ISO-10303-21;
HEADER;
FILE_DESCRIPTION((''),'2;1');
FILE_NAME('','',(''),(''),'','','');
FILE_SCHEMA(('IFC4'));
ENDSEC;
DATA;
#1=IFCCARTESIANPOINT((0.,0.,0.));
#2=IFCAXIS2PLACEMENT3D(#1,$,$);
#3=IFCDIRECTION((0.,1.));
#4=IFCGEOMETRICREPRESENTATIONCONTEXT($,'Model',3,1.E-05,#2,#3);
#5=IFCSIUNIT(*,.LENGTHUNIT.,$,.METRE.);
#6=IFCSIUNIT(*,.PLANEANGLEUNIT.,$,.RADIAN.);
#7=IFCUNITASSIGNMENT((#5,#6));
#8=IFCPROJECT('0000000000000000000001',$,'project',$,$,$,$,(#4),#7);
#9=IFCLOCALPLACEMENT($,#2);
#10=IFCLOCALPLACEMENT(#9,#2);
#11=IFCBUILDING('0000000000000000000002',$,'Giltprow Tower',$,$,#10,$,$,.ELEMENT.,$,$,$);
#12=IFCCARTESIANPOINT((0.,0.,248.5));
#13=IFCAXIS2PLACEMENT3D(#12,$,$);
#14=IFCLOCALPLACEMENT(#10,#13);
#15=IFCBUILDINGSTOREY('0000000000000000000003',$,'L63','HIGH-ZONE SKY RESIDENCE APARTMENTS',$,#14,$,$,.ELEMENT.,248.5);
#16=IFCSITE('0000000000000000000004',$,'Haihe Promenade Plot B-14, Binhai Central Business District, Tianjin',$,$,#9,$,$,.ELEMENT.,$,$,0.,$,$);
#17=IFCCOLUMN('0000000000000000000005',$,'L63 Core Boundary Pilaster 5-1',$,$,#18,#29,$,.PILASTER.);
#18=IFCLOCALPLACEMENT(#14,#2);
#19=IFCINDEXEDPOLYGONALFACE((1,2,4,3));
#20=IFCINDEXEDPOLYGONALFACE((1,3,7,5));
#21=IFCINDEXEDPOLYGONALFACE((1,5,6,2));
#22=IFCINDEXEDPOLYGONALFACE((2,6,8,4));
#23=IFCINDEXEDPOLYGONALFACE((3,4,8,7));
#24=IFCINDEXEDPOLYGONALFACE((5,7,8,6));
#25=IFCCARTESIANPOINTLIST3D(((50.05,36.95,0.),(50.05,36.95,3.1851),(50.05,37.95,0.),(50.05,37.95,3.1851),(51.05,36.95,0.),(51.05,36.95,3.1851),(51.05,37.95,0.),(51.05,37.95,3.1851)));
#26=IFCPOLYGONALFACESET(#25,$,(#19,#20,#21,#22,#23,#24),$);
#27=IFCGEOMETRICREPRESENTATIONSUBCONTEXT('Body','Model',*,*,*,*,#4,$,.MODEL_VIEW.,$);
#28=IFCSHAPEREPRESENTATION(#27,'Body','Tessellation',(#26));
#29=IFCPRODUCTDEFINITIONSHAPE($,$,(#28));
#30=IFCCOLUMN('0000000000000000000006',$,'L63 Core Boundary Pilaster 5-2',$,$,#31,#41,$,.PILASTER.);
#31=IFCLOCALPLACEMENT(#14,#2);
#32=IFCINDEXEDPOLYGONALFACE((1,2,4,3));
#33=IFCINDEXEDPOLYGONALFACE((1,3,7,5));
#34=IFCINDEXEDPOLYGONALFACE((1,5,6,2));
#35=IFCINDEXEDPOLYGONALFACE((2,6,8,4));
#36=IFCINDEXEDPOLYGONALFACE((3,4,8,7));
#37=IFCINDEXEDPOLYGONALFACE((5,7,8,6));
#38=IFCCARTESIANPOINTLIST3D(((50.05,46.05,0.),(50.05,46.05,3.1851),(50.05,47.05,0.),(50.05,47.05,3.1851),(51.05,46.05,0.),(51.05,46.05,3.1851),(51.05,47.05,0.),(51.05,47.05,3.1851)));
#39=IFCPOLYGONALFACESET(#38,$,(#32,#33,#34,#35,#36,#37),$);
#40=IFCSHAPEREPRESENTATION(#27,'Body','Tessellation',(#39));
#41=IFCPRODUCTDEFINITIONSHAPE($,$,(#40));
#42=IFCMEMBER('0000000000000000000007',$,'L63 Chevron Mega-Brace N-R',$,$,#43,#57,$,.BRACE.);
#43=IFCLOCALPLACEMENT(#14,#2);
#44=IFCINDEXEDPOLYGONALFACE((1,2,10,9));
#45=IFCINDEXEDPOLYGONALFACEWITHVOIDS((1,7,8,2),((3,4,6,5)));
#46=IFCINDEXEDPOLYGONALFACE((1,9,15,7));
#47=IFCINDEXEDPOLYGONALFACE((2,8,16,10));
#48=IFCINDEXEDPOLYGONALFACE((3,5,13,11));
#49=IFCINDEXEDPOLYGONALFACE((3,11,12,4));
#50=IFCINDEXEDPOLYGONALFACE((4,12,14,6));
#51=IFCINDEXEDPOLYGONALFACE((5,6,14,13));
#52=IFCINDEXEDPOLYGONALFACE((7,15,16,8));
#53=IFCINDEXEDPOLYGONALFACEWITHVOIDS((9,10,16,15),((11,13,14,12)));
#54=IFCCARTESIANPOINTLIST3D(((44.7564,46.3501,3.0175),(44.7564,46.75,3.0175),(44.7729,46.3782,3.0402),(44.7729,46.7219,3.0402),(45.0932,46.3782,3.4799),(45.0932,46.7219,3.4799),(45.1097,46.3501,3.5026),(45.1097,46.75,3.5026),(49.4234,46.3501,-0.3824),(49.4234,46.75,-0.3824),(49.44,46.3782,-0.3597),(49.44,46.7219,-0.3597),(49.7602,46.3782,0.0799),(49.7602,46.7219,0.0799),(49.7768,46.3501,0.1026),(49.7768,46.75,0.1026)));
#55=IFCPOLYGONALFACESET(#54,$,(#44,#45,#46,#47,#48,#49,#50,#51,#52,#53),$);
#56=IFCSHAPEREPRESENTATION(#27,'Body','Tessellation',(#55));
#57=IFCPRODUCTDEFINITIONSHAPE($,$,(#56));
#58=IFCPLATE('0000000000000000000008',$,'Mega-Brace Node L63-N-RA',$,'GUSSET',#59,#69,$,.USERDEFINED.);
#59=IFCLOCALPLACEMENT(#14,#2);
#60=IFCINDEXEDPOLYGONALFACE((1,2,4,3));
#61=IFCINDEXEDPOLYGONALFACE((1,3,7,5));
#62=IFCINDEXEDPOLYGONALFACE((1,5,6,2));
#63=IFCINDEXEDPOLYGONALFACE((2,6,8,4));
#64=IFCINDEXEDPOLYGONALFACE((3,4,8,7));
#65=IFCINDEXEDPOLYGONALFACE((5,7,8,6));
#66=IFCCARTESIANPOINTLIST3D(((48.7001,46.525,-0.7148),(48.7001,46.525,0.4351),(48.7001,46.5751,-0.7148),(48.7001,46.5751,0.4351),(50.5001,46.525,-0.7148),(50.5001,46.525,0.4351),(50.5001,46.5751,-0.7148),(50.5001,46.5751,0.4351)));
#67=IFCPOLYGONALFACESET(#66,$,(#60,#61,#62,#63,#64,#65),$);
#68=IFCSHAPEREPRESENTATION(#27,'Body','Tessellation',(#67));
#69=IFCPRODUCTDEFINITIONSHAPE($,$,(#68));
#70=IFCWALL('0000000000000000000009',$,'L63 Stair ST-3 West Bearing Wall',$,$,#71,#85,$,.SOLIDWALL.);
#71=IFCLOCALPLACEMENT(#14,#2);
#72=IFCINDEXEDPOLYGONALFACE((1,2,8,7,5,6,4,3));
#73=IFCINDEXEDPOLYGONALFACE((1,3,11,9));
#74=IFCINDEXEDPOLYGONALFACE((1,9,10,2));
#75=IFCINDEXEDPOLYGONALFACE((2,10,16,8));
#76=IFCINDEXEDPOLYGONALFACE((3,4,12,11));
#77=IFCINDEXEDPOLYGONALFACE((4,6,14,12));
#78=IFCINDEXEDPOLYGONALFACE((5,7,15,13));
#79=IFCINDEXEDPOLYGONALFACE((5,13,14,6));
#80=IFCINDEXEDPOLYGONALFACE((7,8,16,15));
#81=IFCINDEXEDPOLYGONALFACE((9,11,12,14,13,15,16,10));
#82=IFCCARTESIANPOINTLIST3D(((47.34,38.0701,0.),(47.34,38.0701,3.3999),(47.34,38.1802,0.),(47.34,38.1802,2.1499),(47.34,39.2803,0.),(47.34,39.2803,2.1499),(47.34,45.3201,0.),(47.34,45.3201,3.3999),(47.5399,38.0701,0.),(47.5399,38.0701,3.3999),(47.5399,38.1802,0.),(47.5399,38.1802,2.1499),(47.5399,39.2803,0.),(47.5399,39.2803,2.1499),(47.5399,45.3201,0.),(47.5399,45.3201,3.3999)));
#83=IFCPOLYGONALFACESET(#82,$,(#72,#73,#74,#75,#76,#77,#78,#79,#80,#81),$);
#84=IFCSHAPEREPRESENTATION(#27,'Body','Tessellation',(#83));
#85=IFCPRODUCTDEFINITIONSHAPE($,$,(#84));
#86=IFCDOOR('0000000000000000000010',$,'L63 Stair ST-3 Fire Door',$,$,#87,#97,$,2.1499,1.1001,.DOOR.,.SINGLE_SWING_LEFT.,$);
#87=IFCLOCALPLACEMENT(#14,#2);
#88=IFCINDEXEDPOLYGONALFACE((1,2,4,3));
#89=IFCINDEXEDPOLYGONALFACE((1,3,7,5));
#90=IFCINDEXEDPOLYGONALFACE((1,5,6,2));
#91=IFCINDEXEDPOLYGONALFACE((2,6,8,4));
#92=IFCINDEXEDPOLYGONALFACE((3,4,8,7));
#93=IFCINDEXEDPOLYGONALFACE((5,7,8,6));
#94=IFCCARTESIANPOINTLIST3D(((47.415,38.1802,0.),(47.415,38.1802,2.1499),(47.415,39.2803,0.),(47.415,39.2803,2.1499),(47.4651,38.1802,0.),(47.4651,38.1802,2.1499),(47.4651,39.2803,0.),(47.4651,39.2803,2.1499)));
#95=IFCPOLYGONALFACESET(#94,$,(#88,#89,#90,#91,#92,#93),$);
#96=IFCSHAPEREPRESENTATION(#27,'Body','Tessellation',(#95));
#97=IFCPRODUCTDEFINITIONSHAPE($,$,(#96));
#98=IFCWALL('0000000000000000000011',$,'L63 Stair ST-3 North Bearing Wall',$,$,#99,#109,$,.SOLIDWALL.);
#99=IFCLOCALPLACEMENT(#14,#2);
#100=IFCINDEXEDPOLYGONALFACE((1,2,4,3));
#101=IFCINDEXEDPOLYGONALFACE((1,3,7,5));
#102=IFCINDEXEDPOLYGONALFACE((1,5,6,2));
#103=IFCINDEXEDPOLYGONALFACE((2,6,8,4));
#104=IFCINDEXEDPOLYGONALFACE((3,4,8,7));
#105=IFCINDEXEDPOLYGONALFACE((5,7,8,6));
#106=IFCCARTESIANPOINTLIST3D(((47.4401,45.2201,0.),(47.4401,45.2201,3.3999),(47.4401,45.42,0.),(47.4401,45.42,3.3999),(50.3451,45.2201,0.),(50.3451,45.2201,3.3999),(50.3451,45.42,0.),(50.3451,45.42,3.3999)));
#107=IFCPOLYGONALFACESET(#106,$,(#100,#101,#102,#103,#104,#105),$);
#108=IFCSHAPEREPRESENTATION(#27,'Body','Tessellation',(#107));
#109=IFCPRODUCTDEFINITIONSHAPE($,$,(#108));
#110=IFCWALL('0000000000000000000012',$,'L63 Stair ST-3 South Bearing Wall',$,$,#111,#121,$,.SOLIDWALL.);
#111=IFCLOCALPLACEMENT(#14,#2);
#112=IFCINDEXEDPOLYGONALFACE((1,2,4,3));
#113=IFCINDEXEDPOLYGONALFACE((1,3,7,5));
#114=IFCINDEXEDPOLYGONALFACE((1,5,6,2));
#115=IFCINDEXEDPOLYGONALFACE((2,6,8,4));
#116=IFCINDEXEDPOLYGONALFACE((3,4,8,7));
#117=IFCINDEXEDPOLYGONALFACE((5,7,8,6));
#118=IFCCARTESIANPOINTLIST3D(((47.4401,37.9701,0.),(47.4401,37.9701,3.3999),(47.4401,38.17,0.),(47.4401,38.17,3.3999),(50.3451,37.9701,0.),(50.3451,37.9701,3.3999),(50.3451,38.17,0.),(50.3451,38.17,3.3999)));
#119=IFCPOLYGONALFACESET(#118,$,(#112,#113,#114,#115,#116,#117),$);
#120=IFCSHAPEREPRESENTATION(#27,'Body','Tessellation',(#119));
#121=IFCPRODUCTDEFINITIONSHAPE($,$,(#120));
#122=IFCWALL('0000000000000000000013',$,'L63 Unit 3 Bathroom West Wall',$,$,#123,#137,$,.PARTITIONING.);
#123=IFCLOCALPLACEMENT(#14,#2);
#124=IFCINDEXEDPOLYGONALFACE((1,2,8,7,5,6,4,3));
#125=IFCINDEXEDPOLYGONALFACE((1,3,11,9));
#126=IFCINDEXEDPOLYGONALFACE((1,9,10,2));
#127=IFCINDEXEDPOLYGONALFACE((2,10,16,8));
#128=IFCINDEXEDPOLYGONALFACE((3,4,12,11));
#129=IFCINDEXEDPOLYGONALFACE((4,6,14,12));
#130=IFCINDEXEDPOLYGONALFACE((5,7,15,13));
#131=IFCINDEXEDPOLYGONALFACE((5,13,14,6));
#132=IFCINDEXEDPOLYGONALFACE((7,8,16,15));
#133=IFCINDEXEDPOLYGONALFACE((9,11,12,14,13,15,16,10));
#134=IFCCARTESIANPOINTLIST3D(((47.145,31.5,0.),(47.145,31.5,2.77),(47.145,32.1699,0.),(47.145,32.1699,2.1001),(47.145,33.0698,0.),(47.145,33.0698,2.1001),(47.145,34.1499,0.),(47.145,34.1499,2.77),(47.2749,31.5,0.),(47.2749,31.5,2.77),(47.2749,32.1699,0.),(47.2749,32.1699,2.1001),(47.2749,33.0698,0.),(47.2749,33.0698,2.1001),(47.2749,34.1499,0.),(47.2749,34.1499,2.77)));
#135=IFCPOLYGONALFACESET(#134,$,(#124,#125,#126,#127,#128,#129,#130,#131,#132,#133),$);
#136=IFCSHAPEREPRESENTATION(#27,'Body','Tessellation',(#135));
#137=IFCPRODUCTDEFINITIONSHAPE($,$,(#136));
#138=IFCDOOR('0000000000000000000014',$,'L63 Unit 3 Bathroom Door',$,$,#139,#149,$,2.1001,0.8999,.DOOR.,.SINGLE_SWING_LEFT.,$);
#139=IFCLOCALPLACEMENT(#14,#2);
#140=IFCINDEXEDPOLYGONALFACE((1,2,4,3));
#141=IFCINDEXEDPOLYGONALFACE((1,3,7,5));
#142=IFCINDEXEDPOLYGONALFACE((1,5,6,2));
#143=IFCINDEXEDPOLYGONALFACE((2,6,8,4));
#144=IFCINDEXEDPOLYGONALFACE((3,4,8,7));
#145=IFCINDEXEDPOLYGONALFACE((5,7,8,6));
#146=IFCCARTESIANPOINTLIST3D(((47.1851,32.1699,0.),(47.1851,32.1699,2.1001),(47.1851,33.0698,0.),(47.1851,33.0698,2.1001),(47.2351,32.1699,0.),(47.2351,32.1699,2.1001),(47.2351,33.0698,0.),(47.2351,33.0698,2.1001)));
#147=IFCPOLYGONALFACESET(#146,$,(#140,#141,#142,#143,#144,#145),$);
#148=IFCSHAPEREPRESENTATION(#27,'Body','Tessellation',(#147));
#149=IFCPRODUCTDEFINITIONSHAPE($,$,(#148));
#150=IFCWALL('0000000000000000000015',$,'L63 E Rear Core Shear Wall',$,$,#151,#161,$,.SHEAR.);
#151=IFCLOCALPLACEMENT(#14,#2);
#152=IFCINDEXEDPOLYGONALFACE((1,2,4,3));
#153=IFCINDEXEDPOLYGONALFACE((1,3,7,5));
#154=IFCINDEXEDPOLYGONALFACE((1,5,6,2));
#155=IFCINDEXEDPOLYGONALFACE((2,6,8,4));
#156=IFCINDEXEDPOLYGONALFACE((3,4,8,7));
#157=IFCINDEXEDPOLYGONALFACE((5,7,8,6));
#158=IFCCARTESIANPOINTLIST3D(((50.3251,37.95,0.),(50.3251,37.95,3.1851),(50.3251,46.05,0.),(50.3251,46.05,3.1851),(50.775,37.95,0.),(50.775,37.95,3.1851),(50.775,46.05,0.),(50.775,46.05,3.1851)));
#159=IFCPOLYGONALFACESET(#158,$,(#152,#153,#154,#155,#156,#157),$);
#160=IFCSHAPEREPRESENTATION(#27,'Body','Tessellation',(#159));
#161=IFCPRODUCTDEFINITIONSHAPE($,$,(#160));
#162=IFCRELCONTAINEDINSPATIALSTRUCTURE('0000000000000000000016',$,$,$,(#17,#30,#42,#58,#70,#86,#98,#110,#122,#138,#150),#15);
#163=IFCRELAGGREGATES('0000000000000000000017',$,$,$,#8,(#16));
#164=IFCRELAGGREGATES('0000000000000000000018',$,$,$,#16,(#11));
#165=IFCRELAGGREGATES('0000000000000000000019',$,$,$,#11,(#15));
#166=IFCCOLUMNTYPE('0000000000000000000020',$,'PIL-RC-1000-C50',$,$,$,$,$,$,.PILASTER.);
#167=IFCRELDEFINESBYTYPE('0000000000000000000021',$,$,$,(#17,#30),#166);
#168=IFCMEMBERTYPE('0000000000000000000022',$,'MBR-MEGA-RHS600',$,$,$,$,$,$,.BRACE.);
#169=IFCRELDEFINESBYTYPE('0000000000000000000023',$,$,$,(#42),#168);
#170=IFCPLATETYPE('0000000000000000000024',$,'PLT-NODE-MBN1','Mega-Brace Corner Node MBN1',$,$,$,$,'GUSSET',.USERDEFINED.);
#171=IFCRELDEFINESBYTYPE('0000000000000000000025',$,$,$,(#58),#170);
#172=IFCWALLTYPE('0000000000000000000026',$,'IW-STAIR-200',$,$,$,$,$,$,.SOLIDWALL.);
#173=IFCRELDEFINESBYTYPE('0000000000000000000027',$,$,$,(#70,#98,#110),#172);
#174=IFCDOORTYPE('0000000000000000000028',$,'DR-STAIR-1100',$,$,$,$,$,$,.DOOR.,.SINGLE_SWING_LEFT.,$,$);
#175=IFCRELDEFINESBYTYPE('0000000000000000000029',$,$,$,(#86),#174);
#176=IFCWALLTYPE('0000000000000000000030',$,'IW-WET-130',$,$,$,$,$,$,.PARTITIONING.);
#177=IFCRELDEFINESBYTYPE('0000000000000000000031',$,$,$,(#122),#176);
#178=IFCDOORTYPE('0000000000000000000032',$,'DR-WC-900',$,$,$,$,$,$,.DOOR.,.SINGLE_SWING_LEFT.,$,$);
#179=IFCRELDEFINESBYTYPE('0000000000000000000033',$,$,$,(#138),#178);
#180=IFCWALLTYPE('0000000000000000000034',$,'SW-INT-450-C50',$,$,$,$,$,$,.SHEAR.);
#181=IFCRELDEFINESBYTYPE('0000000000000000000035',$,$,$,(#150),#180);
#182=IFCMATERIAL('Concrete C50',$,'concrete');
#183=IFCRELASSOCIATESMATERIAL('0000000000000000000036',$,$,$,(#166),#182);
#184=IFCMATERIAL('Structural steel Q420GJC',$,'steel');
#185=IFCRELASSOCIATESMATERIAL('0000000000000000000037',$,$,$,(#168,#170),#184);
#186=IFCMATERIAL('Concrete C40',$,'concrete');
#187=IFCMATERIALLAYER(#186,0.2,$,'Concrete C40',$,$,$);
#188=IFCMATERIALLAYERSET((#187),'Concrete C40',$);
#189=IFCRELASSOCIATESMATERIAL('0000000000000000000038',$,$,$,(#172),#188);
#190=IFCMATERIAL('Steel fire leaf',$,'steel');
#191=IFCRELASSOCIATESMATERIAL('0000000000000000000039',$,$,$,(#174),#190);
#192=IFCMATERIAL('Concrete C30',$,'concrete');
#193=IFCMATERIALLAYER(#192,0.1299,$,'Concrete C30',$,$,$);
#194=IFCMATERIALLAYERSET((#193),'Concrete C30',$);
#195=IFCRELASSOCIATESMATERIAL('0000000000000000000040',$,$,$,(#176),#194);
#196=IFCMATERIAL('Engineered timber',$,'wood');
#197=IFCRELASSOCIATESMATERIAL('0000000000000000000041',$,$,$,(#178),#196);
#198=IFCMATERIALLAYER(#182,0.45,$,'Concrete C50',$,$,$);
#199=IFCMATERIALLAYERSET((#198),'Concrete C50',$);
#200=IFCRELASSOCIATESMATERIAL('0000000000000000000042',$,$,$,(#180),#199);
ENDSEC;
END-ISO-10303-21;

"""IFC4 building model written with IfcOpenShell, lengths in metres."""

from ifc_helpers import new_model, si_unit, direction, frame, frame_2d, origin, origin_2d, place, context, subcontext, project, spatial, rectangle, hollow_rectangle, extrude, source, transform, mapped, material, layer, layer_set, material_profile, profile_set, type_object, element, fill, save


model = new_model("IFC4")

# Units and contexts
model_context = context("Model", 3, precision=1e-05, world=origin(), true_north=direction((0.0, 1.0)))
body_context = subcontext(model_context, "Body", "Model", "MODEL_VIEW")
ifc_project = project(units=[si_unit("LENGTHUNIT", "METRE"), si_unit("PLANEANGLEUNIT", "RADIAN")], contexts=[model_context])

# Site, building, storey
site_placement = place(None, origin())
site = spatial("IfcSite", under=ifc_project, at=site_placement, Name="Haihe Promenade Plot B-14, Binhai Central Business District, Tianjin", CompositionType="ELEMENT", RefElevation=0.0)
building_placement = place(site_placement, origin())
building = spatial("IfcBuilding", under=site, at=building_placement, Name="Giltprow Tower", CompositionType="ELEMENT")
storey_placement = place(building_placement, frame((0.0, 0.0, 248.5)))
storey = spatial("IfcBuildingStorey", under=building, at=storey_placement, Name="L63", Description="HIGH-ZONE SKY RESIDENCE APARTMENTS", CompositionType="ELEMENT", Elevation=248.5)

# Columns
ifc_material_1 = material(Name="Concrete C50", Category="concrete")
ifc_material_profile_1 = material_profile(ifc_material_1, rectangle(XDim=1.0, YDim=1.0, at=origin_2d()), Name="RC 1000x1000")
ifc_profile_set_1 = profile_set([ifc_material_profile_1], Name="Concrete C50")
column_type = type_object("IfcColumnType", Name="PIL-RC-1000-C50", PredefinedType="PILASTER", material=ifc_profile_set_1)
shared_shape_1 = source(origin(), body_context, "Body", "SweptSolid", [
    extrude(rectangle(XDim=1.0, YDim=1.0, at=origin_2d()), origin(), (0.0, 0.0, 1.0), 3.1851),
])
for number, where, z_axis, x_axis, name in (
    (1, (50.55, 37.45, 0.0), (0.0, 0.0, 1.0), (1.0, 0.0, 0.0), "L63 Core Boundary Pilaster 5-1"),
    (2, (50.55, 46.55, 0.0), (0.0, 0.0, 1.0), (1.0, 0.0, 0.0), "L63 Core Boundary Pilaster 5-2"),
):
    element("IfcColumn", number, at=place(storey_placement, frame(where, z_axis=z_axis, x_axis=x_axis)), inside=storey, type_object=column_type, Name=name, PredefinedType="PILASTER", context=body_context, shape_type="MappedRepresentation", body=[
        mapped(shared_shape_1, transform((0.0, 0.0, 0.0), x_axis=(1.0, 0.0, 0.0), y_axis=(0.0, 1.0, 0.0), z_axis=(0.0, 0.0, 1.0), scale=1.0)),
    ])

# Member
ifc_material_2 = material(Name="Structural steel Q420GJC", Category="steel")
ifc_material_profile_2 = material_profile(ifc_material_2, hollow_rectangle(XDim=0.3999, YDim=0.6001, WallThickness=0.0281, at=origin_2d()), Name="RHS 600x400x28")
ifc_profile_set_2 = profile_set([ifc_material_profile_2], Name="Structural steel Q420GJC")
member_type = type_object("IfcMemberType", Name="MBR-MEGA-RHS600", PredefinedType="BRACE", material=ifc_profile_set_2)
shared_shape_2 = source(origin(), body_context, "Body", "SweptSolid", [
    extrude(hollow_rectangle(XDim=0.3999, YDim=0.6001, WallThickness=0.0281, at=origin_2d()), origin(), (0.0, 0.0, 1.0), 5.7742),
])
member_placement = place(storey_placement, frame((49.6001, 46.55, -0.1399), z_axis=(-0.808264, 0.0, 0.58882), x_axis=(0.0, -1.0, 0.0)))
element("IfcMember", 3, at=member_placement, inside=storey, type_object=member_type, Name="L63 Chevron Mega-Brace N-R", PredefinedType="BRACE", context=body_context, shape_type="MappedRepresentation", body=[
    mapped(shared_shape_2, transform((0.0, 0.0, 0.0), x_axis=(1.0, 0.0, 0.0), y_axis=(0.0, 1.0, 0.0), z_axis=(0.0, 0.0, 1.0), scale=1.0)),
])

# Plate
plate_type = type_object("IfcPlateType", Name="PLT-NODE-MBN1", Description="Mega-Brace Corner Node MBN1", ElementType="GUSSET", PredefinedType="USERDEFINED", material=ifc_material_2)
shared_shape_3 = source(origin(), body_context, "Body", "SweptSolid", [
    extrude(rectangle(XDim=1.8, YDim=0.05, at=origin_2d()), origin(), (0.0, 0.0, 1.0), 1.1499),
])
plate_placement = place(storey_placement, frame((49.6001, 46.55, -0.7148), z_axis=(0.0, 0.0, 1.0), x_axis=(1.0, 0.0, 0.0)))
element("IfcPlate", 4, at=plate_placement, inside=storey, type_object=plate_type, Name="Mega-Brace Node L63-N-RA", ObjectType="GUSSET", PredefinedType="USERDEFINED", context=body_context, shape_type="MappedRepresentation", body=[
    mapped(shared_shape_3, transform((0.0, 0.0, 0.0), x_axis=(1.0, 0.0, 0.0), y_axis=(0.0, 1.0, 0.0), z_axis=(0.0, 0.0, 1.0), scale=1.0)),
])

# Wall, opening, door
ifc_material_3 = material(Name="Concrete C40", Category="concrete")
ifc_layer_1 = layer(ifc_material_3, 0.2, Name="Concrete C40")
ifc_layer_set_1 = layer_set([ifc_layer_1], Name="Concrete C40")
wall_type_1 = type_object("IfcWallType", Name="IW-STAIR-200", PredefinedType="SOLIDWALL", material=ifc_layer_set_1)
wall_1_placement = place(storey_placement, frame((47.4399, 38.0701, 0.0), z_axis=(0.0, 0.0, 1.0), x_axis=(0.0, 1.0, 0.0)))
wall_1 = element("IfcWall", 5, at=wall_1_placement, inside=storey, type_object=wall_type_1, Name="L63 Stair ST-3 West Bearing Wall", PredefinedType="SOLIDWALL", context=body_context, shape_type="SweptSolid", body=[
    extrude(rectangle(XDim=7.25, YDim=0.2, at=frame_2d((3.625, 0.0))), origin(), (0.0, 0.0, 1.0), 3.3999),
])
opening_1_placement = place(wall_1_placement, frame((0.1101, 0.0, 0.0)))
opening_1 = element("IfcOpeningElement", 6, at=opening_1_placement, cuts=wall_1, PredefinedType="OPENING", context=body_context, shape_type="SweptSolid", body=[
    extrude(rectangle(XDim=1.1001, YDim=2.1499, at=frame_2d((0.55, 1.075))), frame((0.0, 0.1099, 0.0), z_axis=(0.0, -1.0, 0.0), x_axis=(1.0, 0.0, 0.0)), (0.0, 0.0, 1.0), 0.22),
])
ifc_material_4 = material(Name="Steel fire leaf", Category="steel")
door_type_1 = type_object("IfcDoorType", Name="DR-STAIR-1100", OperationType="SINGLE_SWING_LEFT", PredefinedType="DOOR", material=ifc_material_4)
shared_shape_4 = source(origin(), body_context, "Body", "SweptSolid", [
    extrude(rectangle(XDim=1.1001, YDim=2.1499, at=frame_2d((0.55, 1.075))), frame((0.0, 0.0249, 0.0), z_axis=(0.0, -1.0, 0.0), x_axis=(1.0, 0.0, 0.0)), (0.0, 0.0, 1.0), 0.05),
])
door_1_placement = place(opening_1_placement, origin())
door_1 = element("IfcDoor", 7, at=door_1_placement, inside=storey, type_object=door_type_1, Name="L63 Stair ST-3 Fire Door", OperationType="SINGLE_SWING_LEFT", OverallHeight=2.1499, OverallWidth=1.1001, PredefinedType="DOOR", context=body_context, shape_type="MappedRepresentation", body=[
    mapped(shared_shape_4, transform((0.0, 0.0, 0.0), x_axis=(1.0, 0.0, 0.0), y_axis=(0.0, 1.0, 0.0), z_axis=(0.0, 0.0, 1.0), scale=1.0)),
])
fill(opening_1, door_1)

# Walls
for number, where, z_axis, x_axis, name in (
    (8, (47.4399, 45.3201, 0.0), (0.0, 0.0, 1.0), (1.0, 0.0, 0.0), "L63 Stair ST-3 North Bearing Wall"),
    (9, (47.4399, 38.0701, 0.0), (0.0, 0.0, 1.0), (1.0, 0.0, 0.0), "L63 Stair ST-3 South Bearing Wall"),
):
    element("IfcWall", number, at=place(storey_placement, frame(where, z_axis=z_axis, x_axis=x_axis)), inside=storey, type_object=wall_type_1, Name=name, PredefinedType="SOLIDWALL", context=body_context, shape_type="SweptSolid", body=[
        extrude(rectangle(XDim=2.905, YDim=0.2, at=frame_2d((1.4526, 0.0))), origin(), (0.0, 0.0, 1.0), 3.3999),
    ])

# Wall, opening, door
ifc_material_5 = material(Name="Concrete C30", Category="concrete")
ifc_layer_2 = layer(ifc_material_5, 0.1299, Name="Concrete C30")
ifc_layer_set_2 = layer_set([ifc_layer_2], Name="Concrete C30")
wall_type_2 = type_object("IfcWallType", Name="IW-WET-130", PredefinedType="PARTITIONING", material=ifc_layer_set_2)
wall_2_placement = place(storey_placement, frame((47.21, 31.5, 0.0), z_axis=(0.0, 0.0, 1.0), x_axis=(0.0, 1.0, 0.0)))
wall_2 = element("IfcWall", 10, at=wall_2_placement, inside=storey, type_object=wall_type_2, Name="L63 Unit 3 Bathroom West Wall", PredefinedType="PARTITIONING", context=body_context, shape_type="SweptSolid", body=[
    extrude(rectangle(XDim=2.6499, YDim=0.1299, at=frame_2d((1.325, 0.0))), origin(), (0.0, 0.0, 1.0), 2.77),
])
opening_2_placement = place(wall_2_placement, frame((0.6699, 0.0, 0.0)))
opening_2 = element("IfcOpeningElement", 11, at=opening_2_placement, cuts=wall_2, PredefinedType="OPENING", context=body_context, shape_type="SweptSolid", body=[
    extrude(rectangle(XDim=0.8999, YDim=2.1001, at=frame_2d((0.45, 1.05))), frame((0.0, 0.075, 0.0), z_axis=(0.0, -1.0, 0.0), x_axis=(1.0, 0.0, 0.0)), (0.0, 0.0, 1.0), 0.1499),
])
ifc_material_6 = material(Name="Engineered timber", Category="wood")
door_type_2 = type_object("IfcDoorType", Name="DR-WC-900", OperationType="SINGLE_SWING_LEFT", PredefinedType="DOOR", material=ifc_material_6)
shared_shape_5 = source(origin(), body_context, "Body", "SweptSolid", [
    extrude(rectangle(XDim=0.8999, YDim=2.1001, at=frame_2d((0.45, 1.05))), frame((0.0, 0.0249, 0.0), z_axis=(0.0, -1.0, 0.0), x_axis=(1.0, 0.0, 0.0)), (0.0, 0.0, 1.0), 0.05),
])
door_2_placement = place(opening_2_placement, origin())
door_2 = element("IfcDoor", 12, at=door_2_placement, inside=storey, type_object=door_type_2, Name="L63 Unit 3 Bathroom Door", OperationType="SINGLE_SWING_LEFT", OverallHeight=2.1001, OverallWidth=0.8999, PredefinedType="DOOR", context=body_context, shape_type="MappedRepresentation", body=[
    mapped(shared_shape_5, transform((0.0, 0.0, 0.0), x_axis=(1.0, 0.0, 0.0), y_axis=(0.0, 1.0, 0.0), z_axis=(0.0, 0.0, 1.0), scale=1.0)),
])
fill(opening_2, door_2)

# Wall
ifc_layer_3 = layer(ifc_material_1, 0.45, Name="Concrete C50")
ifc_layer_set_3 = layer_set([ifc_layer_3], Name="Concrete C50")
wall_type_3 = type_object("IfcWallType", Name="SW-INT-450-C50", PredefinedType="SHEAR", material=ifc_layer_set_3)
wall_3_placement = place(storey_placement, frame((50.55, 37.95, 0.0), z_axis=(0.0, 0.0, 1.0), x_axis=(0.0, 1.0, 0.0)))
element("IfcWall", 13, at=wall_3_placement, inside=storey, type_object=wall_type_3, Name="L63 E Rear Core Shear Wall", PredefinedType="SHEAR", context=body_context, shape_type="SweptSolid", body=[
    extrude(rectangle(XDim=8.1001, YDim=0.45, at=frame_2d((4.05, 0.0))), origin(), (0.0, 0.0, 1.0), 3.1851),
])

save(model, "model.ifc")
